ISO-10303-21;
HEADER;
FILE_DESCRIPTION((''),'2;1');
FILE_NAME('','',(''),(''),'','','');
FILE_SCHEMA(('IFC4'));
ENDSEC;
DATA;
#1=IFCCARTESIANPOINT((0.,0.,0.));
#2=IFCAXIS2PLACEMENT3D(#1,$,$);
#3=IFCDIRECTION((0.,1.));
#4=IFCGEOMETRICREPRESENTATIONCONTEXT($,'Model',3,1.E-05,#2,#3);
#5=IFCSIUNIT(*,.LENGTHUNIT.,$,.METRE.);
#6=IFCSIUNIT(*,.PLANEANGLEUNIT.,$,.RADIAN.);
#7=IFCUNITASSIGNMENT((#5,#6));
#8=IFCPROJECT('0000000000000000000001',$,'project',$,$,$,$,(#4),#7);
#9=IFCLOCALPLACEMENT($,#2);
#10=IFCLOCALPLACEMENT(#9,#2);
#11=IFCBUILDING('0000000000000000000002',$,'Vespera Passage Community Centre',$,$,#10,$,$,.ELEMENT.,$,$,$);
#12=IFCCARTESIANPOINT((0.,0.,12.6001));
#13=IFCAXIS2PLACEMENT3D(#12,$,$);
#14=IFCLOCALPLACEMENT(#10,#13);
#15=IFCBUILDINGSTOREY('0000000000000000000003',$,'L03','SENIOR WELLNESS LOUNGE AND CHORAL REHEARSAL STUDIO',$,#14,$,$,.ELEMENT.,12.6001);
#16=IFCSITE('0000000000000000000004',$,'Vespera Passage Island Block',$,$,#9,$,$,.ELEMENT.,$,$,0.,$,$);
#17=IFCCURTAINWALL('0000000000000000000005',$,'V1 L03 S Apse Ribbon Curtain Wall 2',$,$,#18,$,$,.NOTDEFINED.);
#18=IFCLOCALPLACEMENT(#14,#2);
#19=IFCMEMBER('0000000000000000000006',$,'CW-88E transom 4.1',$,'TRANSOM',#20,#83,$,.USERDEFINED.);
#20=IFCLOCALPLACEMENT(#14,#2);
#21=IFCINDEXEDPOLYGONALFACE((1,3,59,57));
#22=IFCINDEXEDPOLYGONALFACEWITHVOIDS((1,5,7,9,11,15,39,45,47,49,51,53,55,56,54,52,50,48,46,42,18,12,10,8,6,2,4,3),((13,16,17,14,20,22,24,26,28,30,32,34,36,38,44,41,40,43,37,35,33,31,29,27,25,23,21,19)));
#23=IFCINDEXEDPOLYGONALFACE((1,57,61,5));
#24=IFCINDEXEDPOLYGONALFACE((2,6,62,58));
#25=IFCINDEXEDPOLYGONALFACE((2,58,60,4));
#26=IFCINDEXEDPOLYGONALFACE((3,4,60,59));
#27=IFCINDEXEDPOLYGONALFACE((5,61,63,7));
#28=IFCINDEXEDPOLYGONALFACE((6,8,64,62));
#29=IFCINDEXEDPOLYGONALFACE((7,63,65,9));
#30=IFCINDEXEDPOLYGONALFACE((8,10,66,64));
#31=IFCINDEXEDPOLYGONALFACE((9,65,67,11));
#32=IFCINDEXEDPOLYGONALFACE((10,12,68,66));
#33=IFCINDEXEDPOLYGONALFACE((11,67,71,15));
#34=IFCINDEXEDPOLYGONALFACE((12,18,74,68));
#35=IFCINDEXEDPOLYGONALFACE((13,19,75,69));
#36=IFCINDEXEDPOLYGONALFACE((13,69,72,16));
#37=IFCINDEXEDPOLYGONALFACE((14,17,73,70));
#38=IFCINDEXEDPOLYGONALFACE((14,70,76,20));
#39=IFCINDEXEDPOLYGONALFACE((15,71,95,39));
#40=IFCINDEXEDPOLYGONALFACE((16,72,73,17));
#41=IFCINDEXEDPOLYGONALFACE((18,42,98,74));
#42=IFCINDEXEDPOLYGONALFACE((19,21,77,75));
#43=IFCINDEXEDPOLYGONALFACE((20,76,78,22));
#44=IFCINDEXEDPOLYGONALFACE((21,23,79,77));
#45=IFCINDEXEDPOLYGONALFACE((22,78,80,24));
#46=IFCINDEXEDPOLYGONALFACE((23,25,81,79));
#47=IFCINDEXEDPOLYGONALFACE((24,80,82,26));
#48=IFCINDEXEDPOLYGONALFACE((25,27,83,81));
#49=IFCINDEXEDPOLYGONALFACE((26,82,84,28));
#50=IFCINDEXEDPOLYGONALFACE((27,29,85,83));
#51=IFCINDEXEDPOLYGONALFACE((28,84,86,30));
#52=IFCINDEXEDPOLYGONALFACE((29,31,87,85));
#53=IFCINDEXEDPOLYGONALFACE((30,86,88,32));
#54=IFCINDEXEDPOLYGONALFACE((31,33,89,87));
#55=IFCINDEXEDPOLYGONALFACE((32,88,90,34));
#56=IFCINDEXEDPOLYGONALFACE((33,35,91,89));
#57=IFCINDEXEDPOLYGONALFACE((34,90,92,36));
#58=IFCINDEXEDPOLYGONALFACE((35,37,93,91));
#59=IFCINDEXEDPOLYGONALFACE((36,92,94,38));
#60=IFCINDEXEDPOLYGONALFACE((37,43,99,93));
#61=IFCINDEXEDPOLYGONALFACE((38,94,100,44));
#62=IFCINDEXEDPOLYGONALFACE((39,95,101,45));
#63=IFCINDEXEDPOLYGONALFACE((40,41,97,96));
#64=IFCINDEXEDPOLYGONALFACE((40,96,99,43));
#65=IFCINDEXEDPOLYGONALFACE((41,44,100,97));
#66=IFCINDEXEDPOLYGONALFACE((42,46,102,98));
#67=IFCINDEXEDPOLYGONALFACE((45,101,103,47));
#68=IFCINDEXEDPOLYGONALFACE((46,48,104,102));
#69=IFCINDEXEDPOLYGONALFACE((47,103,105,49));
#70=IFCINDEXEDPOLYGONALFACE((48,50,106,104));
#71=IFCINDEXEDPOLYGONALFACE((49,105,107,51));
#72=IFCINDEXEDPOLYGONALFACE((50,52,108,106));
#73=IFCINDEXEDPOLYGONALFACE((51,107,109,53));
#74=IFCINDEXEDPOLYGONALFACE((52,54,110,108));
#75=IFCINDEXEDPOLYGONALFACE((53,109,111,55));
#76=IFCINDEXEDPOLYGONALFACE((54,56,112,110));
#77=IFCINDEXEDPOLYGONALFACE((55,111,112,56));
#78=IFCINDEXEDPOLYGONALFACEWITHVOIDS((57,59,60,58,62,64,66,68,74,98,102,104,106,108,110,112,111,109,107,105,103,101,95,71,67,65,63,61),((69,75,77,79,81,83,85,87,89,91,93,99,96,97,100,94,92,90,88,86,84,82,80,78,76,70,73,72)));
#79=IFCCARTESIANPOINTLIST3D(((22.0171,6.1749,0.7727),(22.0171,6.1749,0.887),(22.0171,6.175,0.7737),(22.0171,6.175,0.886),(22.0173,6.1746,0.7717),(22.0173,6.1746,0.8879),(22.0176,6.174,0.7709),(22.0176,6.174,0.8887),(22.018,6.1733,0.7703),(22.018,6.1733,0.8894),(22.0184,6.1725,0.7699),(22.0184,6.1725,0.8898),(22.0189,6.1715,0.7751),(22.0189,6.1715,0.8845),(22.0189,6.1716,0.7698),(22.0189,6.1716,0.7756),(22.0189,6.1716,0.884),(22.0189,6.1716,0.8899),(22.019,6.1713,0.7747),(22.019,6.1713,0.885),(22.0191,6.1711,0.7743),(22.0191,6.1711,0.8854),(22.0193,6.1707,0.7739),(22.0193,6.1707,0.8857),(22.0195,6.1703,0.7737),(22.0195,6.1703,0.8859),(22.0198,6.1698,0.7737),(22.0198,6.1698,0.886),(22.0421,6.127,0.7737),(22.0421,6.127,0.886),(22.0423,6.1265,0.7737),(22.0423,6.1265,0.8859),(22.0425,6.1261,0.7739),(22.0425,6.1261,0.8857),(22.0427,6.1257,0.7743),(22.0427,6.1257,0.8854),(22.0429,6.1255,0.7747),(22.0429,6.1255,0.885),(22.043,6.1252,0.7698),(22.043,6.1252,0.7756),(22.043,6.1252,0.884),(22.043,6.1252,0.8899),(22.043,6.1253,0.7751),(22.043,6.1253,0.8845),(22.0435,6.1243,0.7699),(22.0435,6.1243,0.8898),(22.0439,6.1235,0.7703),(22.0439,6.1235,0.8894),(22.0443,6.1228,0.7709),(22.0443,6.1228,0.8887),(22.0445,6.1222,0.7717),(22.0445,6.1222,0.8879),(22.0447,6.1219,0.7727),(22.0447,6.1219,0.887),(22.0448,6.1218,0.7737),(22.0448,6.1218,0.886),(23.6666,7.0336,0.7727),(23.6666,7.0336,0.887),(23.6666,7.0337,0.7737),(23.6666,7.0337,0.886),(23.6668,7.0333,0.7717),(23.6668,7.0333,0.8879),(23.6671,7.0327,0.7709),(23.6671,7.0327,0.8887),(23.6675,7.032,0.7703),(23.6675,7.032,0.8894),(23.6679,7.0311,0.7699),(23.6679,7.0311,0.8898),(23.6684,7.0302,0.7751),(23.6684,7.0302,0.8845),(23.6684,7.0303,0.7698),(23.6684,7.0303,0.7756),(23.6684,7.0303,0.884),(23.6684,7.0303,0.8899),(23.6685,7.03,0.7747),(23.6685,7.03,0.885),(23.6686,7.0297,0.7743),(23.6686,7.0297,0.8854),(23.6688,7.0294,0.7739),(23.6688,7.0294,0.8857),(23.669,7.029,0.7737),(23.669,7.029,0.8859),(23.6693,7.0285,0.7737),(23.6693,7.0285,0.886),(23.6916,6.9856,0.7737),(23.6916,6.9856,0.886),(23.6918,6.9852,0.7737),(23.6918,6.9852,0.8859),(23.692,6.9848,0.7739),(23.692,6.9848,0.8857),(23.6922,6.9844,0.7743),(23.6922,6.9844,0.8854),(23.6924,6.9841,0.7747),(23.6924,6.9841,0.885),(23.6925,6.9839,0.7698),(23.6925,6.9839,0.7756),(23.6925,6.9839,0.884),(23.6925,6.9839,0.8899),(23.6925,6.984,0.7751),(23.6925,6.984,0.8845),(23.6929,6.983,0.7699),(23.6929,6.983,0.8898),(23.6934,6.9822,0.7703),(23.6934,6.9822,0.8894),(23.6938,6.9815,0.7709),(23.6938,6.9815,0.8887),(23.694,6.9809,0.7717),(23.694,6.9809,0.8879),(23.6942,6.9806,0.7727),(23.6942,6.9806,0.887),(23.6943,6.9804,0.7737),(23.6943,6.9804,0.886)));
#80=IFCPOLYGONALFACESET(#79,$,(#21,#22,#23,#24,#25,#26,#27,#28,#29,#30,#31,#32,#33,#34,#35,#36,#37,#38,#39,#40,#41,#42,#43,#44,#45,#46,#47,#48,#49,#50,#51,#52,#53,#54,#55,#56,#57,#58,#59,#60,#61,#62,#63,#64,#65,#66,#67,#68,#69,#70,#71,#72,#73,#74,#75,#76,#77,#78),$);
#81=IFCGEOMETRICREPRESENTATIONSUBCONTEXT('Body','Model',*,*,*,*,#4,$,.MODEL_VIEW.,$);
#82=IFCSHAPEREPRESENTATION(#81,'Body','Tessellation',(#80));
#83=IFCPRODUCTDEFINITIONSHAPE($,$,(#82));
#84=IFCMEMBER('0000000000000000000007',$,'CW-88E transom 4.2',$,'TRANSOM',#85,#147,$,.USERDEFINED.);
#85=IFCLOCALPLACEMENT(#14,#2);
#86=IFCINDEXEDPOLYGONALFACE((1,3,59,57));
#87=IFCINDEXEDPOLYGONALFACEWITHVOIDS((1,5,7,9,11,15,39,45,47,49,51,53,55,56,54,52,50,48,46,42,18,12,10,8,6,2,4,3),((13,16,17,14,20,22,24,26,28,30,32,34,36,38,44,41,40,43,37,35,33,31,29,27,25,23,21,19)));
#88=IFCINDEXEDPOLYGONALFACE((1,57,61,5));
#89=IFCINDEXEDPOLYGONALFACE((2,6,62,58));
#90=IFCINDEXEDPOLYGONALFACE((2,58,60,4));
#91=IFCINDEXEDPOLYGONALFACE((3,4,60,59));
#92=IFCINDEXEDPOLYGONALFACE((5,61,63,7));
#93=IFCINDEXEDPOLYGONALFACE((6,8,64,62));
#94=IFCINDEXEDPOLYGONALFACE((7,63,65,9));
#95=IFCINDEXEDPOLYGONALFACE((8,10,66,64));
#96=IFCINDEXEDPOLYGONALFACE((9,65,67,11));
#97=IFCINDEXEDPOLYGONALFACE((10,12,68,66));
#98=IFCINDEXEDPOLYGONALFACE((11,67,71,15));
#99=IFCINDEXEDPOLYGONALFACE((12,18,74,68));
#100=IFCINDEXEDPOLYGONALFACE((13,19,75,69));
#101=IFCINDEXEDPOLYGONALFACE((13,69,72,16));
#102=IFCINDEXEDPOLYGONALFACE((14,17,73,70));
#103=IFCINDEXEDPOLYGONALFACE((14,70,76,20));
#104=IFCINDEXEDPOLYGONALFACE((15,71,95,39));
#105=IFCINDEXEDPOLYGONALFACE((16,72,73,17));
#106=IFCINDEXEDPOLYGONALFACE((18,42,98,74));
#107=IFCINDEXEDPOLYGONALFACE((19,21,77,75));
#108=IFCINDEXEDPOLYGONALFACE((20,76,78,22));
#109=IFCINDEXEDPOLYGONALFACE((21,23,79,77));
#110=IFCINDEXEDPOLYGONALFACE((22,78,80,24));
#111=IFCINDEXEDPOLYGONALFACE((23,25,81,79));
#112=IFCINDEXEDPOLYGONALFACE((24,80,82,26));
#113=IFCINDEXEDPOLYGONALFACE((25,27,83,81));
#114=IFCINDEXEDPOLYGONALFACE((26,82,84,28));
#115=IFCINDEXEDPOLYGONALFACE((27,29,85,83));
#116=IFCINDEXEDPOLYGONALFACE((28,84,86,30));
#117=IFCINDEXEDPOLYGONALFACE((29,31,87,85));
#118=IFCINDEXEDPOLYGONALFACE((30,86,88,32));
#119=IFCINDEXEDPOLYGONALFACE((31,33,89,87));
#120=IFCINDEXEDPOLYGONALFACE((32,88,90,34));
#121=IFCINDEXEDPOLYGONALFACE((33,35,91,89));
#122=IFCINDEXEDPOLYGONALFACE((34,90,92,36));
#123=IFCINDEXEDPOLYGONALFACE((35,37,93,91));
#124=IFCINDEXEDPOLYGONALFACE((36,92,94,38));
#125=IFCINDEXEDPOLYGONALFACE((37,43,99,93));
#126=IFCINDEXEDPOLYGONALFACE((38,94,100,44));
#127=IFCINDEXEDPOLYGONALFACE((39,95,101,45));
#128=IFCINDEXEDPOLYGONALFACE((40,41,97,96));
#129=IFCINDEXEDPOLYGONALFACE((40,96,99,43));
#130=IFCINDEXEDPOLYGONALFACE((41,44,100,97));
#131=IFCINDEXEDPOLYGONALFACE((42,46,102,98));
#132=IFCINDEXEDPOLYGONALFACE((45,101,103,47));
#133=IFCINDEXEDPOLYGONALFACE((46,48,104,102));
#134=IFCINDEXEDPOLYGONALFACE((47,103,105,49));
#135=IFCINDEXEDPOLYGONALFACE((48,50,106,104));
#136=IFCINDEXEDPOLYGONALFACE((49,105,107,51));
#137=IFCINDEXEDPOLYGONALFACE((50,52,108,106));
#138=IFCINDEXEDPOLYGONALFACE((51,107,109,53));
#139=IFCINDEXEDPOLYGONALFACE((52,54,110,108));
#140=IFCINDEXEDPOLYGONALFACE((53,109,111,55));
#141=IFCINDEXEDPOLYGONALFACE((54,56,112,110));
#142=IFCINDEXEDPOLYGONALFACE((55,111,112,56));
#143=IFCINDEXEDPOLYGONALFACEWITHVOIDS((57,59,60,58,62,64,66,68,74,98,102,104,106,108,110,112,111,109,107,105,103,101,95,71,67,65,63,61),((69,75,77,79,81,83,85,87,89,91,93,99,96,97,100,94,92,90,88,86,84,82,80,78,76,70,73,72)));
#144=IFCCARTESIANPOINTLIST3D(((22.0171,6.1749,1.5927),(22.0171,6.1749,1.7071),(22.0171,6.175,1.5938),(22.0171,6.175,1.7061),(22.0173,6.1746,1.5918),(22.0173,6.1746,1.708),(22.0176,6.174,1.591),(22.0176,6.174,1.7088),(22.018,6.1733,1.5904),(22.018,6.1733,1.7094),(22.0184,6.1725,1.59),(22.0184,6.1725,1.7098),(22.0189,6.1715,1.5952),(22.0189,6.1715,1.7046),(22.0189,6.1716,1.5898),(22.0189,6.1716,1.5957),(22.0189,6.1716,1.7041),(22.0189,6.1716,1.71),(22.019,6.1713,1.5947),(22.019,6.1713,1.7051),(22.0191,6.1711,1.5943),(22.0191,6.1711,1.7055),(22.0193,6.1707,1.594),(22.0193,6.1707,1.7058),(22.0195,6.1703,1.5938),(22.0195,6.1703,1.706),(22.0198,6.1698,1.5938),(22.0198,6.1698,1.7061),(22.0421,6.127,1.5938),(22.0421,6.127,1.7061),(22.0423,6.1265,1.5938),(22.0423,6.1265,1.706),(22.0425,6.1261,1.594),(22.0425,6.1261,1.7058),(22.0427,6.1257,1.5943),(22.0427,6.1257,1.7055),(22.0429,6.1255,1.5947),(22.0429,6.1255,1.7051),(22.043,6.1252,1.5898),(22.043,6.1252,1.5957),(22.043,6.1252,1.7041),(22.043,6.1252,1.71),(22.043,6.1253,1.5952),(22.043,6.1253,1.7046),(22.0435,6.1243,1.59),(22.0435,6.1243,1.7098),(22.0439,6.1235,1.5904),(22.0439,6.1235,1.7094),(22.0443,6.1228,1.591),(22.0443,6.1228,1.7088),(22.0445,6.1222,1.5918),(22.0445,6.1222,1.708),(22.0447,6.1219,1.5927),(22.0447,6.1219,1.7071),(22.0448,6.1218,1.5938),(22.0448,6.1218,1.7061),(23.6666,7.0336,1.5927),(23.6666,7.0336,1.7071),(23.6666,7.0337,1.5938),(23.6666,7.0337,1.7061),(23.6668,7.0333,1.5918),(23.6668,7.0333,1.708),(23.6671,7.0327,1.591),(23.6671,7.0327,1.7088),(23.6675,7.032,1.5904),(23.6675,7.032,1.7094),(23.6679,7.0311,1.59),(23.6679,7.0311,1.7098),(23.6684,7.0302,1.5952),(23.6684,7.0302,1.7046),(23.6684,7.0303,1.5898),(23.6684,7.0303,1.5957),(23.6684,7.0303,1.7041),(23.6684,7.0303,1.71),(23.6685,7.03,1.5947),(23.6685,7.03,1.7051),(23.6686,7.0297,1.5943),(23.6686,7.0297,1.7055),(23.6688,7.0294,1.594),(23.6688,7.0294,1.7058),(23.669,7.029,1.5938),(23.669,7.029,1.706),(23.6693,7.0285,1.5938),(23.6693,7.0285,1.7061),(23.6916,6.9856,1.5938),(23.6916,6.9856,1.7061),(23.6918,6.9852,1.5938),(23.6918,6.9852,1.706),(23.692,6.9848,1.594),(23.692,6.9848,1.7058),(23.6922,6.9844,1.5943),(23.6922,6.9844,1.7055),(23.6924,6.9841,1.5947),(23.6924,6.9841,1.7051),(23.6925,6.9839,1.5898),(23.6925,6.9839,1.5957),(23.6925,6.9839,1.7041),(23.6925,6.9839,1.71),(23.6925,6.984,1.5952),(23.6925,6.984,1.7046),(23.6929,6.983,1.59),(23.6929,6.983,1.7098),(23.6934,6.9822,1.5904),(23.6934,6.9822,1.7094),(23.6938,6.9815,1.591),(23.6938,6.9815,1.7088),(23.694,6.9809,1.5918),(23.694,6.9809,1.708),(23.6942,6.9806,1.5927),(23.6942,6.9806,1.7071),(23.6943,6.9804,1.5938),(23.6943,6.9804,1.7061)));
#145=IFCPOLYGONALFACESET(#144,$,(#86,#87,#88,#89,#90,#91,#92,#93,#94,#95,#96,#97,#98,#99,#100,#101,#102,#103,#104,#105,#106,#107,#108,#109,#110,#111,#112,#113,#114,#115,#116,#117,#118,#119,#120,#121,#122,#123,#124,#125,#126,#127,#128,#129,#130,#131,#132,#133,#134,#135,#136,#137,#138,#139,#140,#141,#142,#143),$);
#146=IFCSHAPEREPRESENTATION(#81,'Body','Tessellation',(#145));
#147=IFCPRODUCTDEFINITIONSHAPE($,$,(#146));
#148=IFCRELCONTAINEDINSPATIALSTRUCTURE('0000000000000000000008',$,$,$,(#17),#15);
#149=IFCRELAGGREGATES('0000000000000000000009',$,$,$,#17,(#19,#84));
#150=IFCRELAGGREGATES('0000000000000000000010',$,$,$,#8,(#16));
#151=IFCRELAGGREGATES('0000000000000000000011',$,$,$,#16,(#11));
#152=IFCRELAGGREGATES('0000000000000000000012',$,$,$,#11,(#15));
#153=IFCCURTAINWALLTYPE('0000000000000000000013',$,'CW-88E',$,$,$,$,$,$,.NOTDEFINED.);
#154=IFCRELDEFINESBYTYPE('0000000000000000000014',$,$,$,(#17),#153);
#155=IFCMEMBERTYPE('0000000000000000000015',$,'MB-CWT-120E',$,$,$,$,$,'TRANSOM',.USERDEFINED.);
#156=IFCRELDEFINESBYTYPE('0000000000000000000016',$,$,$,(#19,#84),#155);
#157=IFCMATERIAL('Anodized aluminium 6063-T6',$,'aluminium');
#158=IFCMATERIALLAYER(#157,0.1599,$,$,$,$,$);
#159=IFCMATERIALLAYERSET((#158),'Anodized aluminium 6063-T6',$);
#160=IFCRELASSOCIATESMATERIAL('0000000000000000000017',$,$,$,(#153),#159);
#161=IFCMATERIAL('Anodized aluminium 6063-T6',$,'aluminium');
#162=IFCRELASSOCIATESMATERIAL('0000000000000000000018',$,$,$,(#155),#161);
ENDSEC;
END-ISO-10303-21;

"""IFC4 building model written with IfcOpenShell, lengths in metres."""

from ifc_helpers import new_model, si_unit, direction, frame, origin, origin_2d, place, context, subcontext, project, spatial, hollow_rectangle, extrude, material, layer, layer_set, material_profile, profile_set, type_object, element, aggregate, save


model = new_model("IFC4")

# Units and contexts
model_context = context("Model", 3, precision=1e-05, world=origin(), true_north=direction((0.0, 1.0)))
body_context = subcontext(model_context, "Body", "Model", "MODEL_VIEW")
ifc_project = project(units=[si_unit("LENGTHUNIT", "METRE"), si_unit("PLANEANGLEUNIT", "RADIAN")], contexts=[model_context])

# Site, building, storey
site_placement = place(None, origin())
site = spatial("IfcSite", under=ifc_project, at=site_placement, Name="Vespera Passage Island Block", CompositionType="ELEMENT", RefElevation=0.0)
building_placement = place(site_placement, origin())
building = spatial("IfcBuilding", under=site, at=building_placement, Name="Vespera Passage Community Centre", CompositionType="ELEMENT")
storey_placement = place(building_placement, frame((0.0, 0.0, 12.6001)))
storey = spatial("IfcBuildingStorey", under=building, at=storey_placement, Name="L03", Description="SENIOR WELLNESS LOUNGE AND CHORAL REHEARSAL STUDIO", CompositionType="ELEMENT", Elevation=12.6001)

# Curtain wall, members
ifc_material_1 = material(Name="Anodized aluminium 6063-T6", Category="aluminium")
ifc_layer_1 = layer(ifc_material_1, 0.1599)
ifc_layer_set_1 = layer_set([ifc_layer_1], Name="Anodized aluminium 6063-T6")
curtain_wall_type = type_object("IfcCurtainWallType", Name="CW-88E", PredefinedType="NOTDEFINED", material=ifc_layer_set_1)
curtain_wall_placement = place(storey_placement, origin())
curtain_wall = element("IfcCurtainWall", 1, at=curtain_wall_placement, inside=storey, type_object=curtain_wall_type, Name="V1 L03 S Apse Ribbon Curtain Wall 2", PredefinedType="NOTDEFINED")
ifc_material_2 = material(Name="Anodized aluminium 6063-T6", Category="aluminium")
ifc_material_profile_1 = material_profile(ifc_material_2, hollow_rectangle(XDim=0.0601, YDim=0.1201, WallThickness=0.0039, InnerFilletRadius=0.002, OuterFilletRadius=0.0039, at=origin_2d()), Name="ALU120X60X4")
ifc_profile_set_1 = profile_set([ifc_material_profile_1], Name="Anodized aluminium 6063-T6")
member_type_1 = type_object("IfcMemberType", Name="MB-CWT-120E", ElementType="TRANSOM", PredefinedType="USERDEFINED", material=ifc_profile_set_1)
member_1_placement = place(storey_placement, frame((23.6804, 7.0071, 0.8298), z_axis=(-0.887008, -0.461754, 0.0), x_axis=(0.461754, -0.887008, 0.0)))
member_1 = element("IfcMember", 2, at=member_1_placement, type_object=member_type_1, Name="CW-88E transom 4.1", ObjectType="TRANSOM", PredefinedType="USERDEFINED", context=body_context, shape_type="SweptSolid", body=[
    extrude(hollow_rectangle(XDim=0.0601, YDim=0.1201, WallThickness=0.0039, InnerFilletRadius=0.002, OuterFilletRadius=0.0039, at=origin_2d()), origin(), (0.0, 0.0, 1.0), 1.8596),
])
member_2_placement = place(storey_placement, frame((23.6804, 7.0071, 1.6499), z_axis=(-0.887008, -0.461754, 0.0), x_axis=(0.461754, -0.887008, 0.0)))
member_2 = element("IfcMember", 3, at=member_2_placement, type_object=member_type_1, Name="CW-88E transom 4.2", ObjectType="TRANSOM", PredefinedType="USERDEFINED", context=body_context, shape_type="SweptSolid", body=[
    extrude(hollow_rectangle(XDim=0.0601, YDim=0.1201, WallThickness=0.0039, InnerFilletRadius=0.002, OuterFilletRadius=0.0039, at=origin_2d()), origin(), (0.0, 0.0, 1.0), 1.8596),
])
aggregate(curtain_wall, [member_1, member_2])

save(model, "model.ifc")
